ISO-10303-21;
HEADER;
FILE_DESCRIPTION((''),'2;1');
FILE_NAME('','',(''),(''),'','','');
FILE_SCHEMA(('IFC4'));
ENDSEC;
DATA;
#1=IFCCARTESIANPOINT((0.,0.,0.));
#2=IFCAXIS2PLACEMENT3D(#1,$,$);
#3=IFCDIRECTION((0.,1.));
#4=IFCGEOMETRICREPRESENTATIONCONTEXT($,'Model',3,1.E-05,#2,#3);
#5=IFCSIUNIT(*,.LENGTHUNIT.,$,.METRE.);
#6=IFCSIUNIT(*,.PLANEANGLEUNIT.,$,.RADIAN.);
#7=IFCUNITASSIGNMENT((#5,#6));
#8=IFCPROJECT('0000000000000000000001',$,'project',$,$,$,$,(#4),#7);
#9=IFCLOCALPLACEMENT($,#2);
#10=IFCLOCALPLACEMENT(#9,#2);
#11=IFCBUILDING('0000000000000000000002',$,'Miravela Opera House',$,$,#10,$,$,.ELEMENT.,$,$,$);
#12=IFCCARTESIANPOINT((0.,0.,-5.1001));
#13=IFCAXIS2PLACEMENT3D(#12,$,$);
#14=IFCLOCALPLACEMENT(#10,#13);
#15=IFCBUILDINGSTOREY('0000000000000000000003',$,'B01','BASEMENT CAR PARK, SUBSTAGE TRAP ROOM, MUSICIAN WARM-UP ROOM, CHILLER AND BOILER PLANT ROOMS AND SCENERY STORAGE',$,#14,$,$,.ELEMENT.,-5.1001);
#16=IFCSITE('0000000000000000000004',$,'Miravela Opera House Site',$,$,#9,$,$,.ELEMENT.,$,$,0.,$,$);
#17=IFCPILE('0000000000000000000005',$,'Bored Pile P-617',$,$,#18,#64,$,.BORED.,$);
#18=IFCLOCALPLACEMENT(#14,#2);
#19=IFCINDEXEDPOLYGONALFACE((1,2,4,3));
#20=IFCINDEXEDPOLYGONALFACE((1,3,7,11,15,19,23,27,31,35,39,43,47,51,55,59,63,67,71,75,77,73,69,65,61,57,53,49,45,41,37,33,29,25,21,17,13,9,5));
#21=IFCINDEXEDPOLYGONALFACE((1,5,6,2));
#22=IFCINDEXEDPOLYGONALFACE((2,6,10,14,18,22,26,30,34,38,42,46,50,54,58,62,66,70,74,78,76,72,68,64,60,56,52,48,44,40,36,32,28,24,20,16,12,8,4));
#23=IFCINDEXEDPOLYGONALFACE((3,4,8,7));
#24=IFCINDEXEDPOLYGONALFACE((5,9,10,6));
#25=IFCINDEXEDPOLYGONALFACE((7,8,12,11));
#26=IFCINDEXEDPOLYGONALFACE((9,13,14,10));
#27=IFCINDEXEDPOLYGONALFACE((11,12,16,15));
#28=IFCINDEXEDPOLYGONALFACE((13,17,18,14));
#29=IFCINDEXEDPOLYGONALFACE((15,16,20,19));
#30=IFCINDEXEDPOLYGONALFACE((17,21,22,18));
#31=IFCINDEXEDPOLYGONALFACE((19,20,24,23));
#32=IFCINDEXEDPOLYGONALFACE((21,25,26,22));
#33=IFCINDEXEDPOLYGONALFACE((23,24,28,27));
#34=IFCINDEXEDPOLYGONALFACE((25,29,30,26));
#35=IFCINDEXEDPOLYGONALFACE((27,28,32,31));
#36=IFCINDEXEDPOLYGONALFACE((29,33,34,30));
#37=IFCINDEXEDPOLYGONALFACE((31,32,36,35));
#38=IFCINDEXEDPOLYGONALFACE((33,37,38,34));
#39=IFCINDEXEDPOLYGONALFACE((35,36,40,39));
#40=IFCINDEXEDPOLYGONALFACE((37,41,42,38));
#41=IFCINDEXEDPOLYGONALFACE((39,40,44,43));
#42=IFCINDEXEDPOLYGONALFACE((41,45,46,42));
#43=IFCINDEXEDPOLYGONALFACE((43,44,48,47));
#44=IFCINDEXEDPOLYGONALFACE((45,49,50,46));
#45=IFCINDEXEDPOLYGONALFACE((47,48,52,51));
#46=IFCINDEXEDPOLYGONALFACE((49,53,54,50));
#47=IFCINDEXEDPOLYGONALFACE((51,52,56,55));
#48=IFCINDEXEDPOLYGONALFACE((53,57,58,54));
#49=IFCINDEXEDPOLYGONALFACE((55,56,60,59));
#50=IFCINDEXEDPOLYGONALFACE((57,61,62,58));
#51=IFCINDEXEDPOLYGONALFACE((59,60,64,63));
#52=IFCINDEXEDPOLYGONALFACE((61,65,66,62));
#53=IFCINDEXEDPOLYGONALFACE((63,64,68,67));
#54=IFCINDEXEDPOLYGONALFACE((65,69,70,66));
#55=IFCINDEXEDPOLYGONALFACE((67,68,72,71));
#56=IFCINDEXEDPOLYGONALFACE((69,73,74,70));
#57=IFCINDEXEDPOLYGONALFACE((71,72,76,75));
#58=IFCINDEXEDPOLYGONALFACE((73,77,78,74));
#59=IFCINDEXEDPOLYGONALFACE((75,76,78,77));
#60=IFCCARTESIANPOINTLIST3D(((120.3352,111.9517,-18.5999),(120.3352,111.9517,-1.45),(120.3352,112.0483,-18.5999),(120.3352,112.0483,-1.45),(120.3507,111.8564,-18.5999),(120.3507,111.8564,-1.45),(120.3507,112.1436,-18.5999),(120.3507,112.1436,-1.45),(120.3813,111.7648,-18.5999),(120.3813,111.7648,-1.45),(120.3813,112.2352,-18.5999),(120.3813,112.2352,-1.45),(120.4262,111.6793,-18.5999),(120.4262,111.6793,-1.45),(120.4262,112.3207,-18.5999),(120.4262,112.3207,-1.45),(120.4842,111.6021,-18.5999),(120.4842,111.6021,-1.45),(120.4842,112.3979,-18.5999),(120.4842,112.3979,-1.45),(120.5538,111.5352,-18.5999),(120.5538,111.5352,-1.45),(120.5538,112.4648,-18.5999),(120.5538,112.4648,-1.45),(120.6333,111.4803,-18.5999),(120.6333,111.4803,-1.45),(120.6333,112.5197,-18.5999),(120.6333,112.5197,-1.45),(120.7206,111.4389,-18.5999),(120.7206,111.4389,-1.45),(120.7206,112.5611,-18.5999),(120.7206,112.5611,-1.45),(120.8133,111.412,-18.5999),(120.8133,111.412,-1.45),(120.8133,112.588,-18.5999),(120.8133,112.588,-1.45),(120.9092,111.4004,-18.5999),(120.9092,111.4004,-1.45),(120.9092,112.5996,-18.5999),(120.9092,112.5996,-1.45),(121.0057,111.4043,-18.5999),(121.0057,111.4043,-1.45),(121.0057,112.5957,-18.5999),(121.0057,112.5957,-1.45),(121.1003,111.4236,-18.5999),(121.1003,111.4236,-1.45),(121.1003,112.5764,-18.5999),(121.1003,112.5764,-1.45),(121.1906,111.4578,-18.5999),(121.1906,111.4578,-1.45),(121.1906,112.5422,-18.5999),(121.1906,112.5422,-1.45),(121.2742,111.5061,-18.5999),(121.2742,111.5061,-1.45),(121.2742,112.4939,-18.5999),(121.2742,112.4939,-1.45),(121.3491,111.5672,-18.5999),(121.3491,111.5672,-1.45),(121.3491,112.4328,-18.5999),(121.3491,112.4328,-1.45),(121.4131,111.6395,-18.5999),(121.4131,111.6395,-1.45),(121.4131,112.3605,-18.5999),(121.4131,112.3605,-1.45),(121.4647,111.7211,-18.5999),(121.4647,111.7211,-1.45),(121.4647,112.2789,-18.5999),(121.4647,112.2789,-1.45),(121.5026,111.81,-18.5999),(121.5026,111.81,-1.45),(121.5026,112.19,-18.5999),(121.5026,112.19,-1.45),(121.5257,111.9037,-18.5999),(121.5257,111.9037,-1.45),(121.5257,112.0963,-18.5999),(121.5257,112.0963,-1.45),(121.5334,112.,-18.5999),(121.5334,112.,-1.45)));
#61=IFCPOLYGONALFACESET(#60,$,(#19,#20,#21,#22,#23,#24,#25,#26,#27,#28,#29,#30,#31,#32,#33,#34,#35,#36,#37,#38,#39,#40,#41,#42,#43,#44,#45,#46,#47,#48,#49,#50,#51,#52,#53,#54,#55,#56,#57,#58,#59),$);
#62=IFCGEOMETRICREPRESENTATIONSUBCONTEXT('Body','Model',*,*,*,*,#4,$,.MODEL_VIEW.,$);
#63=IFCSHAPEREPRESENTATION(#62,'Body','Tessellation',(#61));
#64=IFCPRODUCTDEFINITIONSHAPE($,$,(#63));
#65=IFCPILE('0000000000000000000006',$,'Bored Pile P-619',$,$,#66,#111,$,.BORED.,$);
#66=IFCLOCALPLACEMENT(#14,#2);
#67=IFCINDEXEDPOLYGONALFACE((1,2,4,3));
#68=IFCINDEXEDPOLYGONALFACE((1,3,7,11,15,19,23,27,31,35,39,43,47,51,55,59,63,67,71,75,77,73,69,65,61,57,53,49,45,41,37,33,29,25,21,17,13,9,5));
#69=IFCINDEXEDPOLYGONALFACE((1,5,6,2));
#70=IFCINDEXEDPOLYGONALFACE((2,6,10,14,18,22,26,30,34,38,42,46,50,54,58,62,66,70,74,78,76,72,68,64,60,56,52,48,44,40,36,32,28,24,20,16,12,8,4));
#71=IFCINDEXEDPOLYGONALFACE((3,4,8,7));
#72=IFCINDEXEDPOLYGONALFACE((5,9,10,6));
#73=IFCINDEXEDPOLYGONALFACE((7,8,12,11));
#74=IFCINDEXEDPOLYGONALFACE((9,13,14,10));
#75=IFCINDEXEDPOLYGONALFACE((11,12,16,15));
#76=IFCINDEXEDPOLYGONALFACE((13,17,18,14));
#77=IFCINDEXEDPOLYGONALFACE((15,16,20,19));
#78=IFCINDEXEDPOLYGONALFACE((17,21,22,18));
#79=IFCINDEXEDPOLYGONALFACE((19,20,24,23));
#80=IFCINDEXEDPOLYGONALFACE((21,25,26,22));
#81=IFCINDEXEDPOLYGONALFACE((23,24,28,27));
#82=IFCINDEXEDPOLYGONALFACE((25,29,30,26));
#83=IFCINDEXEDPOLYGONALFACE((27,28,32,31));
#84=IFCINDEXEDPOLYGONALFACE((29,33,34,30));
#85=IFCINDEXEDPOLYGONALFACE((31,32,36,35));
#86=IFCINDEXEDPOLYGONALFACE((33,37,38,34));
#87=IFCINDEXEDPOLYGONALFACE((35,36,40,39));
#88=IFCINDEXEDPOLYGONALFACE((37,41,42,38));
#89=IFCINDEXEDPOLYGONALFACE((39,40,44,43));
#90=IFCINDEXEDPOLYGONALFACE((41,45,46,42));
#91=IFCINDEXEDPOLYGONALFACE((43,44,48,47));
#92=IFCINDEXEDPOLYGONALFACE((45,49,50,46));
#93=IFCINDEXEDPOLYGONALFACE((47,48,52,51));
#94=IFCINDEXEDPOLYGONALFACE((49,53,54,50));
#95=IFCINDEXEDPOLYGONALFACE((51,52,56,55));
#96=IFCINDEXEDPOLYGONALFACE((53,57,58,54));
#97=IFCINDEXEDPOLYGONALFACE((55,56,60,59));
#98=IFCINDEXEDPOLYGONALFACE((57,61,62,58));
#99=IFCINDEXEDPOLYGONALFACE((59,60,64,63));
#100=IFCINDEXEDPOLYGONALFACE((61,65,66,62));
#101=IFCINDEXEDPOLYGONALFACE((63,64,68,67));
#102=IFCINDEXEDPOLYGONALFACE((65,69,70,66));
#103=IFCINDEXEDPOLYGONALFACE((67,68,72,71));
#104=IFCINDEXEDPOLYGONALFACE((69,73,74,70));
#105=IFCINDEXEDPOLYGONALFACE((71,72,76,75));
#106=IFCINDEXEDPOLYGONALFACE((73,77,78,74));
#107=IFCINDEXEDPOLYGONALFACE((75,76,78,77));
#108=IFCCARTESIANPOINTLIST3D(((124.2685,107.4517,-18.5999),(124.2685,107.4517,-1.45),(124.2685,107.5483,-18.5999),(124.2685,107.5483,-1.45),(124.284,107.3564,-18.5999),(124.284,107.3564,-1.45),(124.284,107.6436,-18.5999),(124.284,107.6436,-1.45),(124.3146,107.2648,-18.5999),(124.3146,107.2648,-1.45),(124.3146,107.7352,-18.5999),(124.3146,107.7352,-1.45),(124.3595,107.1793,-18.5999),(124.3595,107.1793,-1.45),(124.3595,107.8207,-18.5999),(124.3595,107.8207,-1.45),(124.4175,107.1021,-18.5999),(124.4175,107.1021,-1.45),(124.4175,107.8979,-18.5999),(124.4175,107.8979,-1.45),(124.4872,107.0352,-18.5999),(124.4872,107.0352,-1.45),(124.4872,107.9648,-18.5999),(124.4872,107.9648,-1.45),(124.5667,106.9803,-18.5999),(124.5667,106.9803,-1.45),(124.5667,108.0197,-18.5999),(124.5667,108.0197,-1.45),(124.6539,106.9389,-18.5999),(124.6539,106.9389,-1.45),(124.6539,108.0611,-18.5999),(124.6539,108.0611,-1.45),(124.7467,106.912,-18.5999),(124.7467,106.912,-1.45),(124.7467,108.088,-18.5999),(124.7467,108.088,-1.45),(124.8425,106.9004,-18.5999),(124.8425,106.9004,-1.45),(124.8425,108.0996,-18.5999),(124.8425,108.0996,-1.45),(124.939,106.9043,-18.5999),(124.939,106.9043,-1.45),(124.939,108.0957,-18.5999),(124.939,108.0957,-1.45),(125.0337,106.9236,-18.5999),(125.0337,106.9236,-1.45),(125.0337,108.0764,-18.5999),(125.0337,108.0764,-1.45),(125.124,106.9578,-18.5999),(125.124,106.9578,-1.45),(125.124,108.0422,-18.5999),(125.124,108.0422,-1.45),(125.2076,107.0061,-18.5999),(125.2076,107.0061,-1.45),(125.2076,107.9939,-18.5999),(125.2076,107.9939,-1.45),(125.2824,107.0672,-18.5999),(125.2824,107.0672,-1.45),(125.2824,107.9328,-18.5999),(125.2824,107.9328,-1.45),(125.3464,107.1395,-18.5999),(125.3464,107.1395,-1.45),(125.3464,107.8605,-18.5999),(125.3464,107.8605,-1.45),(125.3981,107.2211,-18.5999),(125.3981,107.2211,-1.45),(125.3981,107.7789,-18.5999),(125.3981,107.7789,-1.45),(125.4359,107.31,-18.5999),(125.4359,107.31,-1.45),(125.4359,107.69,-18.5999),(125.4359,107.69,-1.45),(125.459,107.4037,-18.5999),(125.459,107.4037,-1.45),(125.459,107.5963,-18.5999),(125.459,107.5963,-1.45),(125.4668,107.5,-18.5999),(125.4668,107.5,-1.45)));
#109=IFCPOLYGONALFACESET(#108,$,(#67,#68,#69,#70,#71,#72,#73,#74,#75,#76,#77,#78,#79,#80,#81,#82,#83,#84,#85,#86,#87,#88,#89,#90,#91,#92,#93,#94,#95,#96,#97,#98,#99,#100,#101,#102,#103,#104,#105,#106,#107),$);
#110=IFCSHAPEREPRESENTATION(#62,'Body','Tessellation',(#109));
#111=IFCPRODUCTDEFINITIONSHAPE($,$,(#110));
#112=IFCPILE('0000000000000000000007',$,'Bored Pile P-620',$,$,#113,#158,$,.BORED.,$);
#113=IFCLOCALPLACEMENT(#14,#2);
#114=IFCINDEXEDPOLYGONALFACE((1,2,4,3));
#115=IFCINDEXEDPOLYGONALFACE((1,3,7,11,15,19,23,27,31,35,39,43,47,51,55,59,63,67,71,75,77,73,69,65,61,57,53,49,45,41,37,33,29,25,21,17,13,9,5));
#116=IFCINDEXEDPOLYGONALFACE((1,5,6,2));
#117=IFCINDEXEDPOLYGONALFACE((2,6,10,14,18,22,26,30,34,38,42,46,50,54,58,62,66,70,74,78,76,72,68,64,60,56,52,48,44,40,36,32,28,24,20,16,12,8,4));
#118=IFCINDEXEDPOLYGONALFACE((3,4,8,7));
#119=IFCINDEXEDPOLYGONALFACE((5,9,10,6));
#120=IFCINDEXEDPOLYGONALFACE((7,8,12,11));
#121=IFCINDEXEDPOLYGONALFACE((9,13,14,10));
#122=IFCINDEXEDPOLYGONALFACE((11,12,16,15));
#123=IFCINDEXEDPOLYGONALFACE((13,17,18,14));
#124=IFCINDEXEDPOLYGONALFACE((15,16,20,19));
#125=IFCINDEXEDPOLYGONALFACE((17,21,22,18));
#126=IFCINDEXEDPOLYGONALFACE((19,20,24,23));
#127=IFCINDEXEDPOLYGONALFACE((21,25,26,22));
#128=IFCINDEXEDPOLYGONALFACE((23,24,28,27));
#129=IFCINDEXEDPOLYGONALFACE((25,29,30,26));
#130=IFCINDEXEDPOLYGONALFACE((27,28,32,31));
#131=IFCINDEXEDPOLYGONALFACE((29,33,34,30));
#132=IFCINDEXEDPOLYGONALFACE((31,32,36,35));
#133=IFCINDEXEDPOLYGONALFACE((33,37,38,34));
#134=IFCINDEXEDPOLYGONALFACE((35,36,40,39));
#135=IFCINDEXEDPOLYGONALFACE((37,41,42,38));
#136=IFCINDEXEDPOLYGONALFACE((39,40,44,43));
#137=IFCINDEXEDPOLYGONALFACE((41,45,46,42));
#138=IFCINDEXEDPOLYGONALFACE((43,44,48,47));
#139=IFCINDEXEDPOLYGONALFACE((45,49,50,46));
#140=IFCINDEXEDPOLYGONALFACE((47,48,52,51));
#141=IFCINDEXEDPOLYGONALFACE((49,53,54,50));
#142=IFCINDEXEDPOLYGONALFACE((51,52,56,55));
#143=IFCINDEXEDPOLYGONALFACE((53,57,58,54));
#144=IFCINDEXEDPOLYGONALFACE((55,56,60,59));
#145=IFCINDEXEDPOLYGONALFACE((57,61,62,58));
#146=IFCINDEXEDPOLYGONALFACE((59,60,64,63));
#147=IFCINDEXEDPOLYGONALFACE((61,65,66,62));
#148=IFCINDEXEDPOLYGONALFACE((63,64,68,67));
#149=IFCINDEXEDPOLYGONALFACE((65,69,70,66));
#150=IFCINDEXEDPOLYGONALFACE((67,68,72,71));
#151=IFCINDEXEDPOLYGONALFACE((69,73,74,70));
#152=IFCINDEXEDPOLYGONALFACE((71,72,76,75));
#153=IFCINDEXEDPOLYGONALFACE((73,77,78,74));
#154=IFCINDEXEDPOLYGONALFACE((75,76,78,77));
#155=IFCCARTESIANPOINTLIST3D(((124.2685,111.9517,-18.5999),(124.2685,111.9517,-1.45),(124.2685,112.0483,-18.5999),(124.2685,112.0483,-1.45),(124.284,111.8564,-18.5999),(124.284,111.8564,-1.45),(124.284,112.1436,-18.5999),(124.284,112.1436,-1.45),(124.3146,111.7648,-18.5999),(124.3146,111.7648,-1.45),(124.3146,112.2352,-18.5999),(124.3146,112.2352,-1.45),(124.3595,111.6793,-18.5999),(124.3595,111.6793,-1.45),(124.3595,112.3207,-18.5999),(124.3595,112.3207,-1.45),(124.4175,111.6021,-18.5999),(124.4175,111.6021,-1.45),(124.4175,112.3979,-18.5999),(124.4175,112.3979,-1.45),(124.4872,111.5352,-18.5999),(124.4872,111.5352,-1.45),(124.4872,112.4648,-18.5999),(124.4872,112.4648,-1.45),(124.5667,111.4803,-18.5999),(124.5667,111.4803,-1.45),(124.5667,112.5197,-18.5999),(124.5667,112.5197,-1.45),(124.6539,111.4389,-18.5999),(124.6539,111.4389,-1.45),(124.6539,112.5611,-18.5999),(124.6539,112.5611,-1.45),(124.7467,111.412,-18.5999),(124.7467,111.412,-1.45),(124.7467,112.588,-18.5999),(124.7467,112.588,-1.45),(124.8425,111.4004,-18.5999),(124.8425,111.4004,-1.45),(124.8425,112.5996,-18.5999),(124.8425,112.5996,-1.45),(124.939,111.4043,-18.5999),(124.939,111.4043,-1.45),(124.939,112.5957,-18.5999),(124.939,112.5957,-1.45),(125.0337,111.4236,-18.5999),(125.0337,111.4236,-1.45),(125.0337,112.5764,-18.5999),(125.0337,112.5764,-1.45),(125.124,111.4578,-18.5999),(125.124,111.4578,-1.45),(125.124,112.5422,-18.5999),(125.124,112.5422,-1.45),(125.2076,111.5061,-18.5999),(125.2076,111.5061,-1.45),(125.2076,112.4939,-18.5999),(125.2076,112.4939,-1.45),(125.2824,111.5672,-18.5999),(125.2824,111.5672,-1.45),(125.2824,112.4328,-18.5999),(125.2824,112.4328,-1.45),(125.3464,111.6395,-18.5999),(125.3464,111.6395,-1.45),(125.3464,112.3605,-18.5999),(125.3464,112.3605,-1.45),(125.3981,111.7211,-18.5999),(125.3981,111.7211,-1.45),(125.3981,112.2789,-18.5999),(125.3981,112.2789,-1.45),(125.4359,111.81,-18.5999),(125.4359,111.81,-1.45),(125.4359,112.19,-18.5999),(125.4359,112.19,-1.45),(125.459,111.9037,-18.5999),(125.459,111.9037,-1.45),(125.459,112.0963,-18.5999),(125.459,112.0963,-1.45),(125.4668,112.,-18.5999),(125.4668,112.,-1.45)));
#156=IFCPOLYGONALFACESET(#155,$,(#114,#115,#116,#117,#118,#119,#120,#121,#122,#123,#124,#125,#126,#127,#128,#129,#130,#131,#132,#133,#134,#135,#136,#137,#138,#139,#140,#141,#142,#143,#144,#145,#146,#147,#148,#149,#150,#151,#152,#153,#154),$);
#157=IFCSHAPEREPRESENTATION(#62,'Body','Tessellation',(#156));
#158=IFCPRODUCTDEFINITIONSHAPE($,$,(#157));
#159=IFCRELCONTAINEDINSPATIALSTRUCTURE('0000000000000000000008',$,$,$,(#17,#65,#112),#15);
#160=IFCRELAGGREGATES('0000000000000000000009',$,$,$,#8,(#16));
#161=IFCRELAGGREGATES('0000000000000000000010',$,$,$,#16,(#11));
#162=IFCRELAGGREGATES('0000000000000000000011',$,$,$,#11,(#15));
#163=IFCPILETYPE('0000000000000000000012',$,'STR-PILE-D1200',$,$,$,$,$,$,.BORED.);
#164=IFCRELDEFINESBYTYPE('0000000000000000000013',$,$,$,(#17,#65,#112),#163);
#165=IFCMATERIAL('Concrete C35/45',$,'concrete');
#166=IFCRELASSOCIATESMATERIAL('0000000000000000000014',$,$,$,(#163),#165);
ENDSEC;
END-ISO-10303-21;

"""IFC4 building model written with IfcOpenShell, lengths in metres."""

from ifc_helpers import new_model, si_unit, direction, frame, origin, origin_2d, place, context, subcontext, project, spatial, circle, extrude, material, material_profile, profile_set, type_object, element, save


model = new_model("IFC4")

# Units and contexts
model_context = context("Model", 3, precision=1e-05, world=origin(), true_north=direction((0.0, 1.0)))
body_context = subcontext(model_context, "Body", "Model", "MODEL_VIEW")
ifc_project = project(units=[si_unit("LENGTHUNIT", "METRE"), si_unit("PLANEANGLEUNIT", "RADIAN")], contexts=[model_context])

# Site, building, storey
site_placement = place(None, origin())
site = spatial("IfcSite", under=ifc_project, at=site_placement, Name="Miravela Opera House Site", CompositionType="ELEMENT", RefElevation=0.0)
building_placement = place(site_placement, origin())
building = spatial("IfcBuilding", under=site, at=building_placement, Name="Miravela Opera House", CompositionType="ELEMENT")
storey_placement = place(building_placement, frame((0.0, 0.0, -5.1001)))
storey = spatial("IfcBuildingStorey", under=building, at=storey_placement, Name="B01", Description="BASEMENT CAR PARK, SUBSTAGE TRAP ROOM, MUSICIAN WARM-UP ROOM, CHILLER AND BOILER PLANT ROOMS AND SCENERY STORAGE", CompositionType="ELEMENT", Elevation=-5.1001)

# Shared definitions
ifc_material_1 = material(Name="Concrete C35/45", Category="concrete")

# Piles
ifc_material_profile_1 = material_profile(ifc_material_1, circle(Radius=0.6001, at=origin_2d()), Name="PILE-D1200")
ifc_profile_set_1 = profile_set([ifc_material_profile_1])
pile_type = type_object("IfcPileType", Name="STR-PILE-D1200", PredefinedType="BORED", material=ifc_profile_set_1)
for number, where, z_axis, x_axis, name in (
    (1, (120.9333, 112.0, -1.45), (0.0, 0.0, -1.0), (1.0, 0.0, 0.0), "Bored Pile P-617"),
    (2, (124.8667, 107.5, -1.45), (0.0, 0.0, -1.0), (1.0, 0.0, 0.0), "Bored Pile P-619"),
    (3, (124.8667, 112.0, -1.45), (0.0, 0.0, -1.0), (1.0, 0.0, 0.0), "Bored Pile P-620"),
):
    element("IfcPile", number, at=place(storey_placement, frame(where, z_axis=z_axis, x_axis=x_axis)), inside=storey, type_object=pile_type, Name=name, PredefinedType="BORED", context=body_context, shape_type="SweptSolid", body=[
        extrude(circle(Radius=0.6001, at=origin_2d()), origin(), (0.0, 0.0, 1.0), 17.1499),
    ])

save(model, "model.ifc")
